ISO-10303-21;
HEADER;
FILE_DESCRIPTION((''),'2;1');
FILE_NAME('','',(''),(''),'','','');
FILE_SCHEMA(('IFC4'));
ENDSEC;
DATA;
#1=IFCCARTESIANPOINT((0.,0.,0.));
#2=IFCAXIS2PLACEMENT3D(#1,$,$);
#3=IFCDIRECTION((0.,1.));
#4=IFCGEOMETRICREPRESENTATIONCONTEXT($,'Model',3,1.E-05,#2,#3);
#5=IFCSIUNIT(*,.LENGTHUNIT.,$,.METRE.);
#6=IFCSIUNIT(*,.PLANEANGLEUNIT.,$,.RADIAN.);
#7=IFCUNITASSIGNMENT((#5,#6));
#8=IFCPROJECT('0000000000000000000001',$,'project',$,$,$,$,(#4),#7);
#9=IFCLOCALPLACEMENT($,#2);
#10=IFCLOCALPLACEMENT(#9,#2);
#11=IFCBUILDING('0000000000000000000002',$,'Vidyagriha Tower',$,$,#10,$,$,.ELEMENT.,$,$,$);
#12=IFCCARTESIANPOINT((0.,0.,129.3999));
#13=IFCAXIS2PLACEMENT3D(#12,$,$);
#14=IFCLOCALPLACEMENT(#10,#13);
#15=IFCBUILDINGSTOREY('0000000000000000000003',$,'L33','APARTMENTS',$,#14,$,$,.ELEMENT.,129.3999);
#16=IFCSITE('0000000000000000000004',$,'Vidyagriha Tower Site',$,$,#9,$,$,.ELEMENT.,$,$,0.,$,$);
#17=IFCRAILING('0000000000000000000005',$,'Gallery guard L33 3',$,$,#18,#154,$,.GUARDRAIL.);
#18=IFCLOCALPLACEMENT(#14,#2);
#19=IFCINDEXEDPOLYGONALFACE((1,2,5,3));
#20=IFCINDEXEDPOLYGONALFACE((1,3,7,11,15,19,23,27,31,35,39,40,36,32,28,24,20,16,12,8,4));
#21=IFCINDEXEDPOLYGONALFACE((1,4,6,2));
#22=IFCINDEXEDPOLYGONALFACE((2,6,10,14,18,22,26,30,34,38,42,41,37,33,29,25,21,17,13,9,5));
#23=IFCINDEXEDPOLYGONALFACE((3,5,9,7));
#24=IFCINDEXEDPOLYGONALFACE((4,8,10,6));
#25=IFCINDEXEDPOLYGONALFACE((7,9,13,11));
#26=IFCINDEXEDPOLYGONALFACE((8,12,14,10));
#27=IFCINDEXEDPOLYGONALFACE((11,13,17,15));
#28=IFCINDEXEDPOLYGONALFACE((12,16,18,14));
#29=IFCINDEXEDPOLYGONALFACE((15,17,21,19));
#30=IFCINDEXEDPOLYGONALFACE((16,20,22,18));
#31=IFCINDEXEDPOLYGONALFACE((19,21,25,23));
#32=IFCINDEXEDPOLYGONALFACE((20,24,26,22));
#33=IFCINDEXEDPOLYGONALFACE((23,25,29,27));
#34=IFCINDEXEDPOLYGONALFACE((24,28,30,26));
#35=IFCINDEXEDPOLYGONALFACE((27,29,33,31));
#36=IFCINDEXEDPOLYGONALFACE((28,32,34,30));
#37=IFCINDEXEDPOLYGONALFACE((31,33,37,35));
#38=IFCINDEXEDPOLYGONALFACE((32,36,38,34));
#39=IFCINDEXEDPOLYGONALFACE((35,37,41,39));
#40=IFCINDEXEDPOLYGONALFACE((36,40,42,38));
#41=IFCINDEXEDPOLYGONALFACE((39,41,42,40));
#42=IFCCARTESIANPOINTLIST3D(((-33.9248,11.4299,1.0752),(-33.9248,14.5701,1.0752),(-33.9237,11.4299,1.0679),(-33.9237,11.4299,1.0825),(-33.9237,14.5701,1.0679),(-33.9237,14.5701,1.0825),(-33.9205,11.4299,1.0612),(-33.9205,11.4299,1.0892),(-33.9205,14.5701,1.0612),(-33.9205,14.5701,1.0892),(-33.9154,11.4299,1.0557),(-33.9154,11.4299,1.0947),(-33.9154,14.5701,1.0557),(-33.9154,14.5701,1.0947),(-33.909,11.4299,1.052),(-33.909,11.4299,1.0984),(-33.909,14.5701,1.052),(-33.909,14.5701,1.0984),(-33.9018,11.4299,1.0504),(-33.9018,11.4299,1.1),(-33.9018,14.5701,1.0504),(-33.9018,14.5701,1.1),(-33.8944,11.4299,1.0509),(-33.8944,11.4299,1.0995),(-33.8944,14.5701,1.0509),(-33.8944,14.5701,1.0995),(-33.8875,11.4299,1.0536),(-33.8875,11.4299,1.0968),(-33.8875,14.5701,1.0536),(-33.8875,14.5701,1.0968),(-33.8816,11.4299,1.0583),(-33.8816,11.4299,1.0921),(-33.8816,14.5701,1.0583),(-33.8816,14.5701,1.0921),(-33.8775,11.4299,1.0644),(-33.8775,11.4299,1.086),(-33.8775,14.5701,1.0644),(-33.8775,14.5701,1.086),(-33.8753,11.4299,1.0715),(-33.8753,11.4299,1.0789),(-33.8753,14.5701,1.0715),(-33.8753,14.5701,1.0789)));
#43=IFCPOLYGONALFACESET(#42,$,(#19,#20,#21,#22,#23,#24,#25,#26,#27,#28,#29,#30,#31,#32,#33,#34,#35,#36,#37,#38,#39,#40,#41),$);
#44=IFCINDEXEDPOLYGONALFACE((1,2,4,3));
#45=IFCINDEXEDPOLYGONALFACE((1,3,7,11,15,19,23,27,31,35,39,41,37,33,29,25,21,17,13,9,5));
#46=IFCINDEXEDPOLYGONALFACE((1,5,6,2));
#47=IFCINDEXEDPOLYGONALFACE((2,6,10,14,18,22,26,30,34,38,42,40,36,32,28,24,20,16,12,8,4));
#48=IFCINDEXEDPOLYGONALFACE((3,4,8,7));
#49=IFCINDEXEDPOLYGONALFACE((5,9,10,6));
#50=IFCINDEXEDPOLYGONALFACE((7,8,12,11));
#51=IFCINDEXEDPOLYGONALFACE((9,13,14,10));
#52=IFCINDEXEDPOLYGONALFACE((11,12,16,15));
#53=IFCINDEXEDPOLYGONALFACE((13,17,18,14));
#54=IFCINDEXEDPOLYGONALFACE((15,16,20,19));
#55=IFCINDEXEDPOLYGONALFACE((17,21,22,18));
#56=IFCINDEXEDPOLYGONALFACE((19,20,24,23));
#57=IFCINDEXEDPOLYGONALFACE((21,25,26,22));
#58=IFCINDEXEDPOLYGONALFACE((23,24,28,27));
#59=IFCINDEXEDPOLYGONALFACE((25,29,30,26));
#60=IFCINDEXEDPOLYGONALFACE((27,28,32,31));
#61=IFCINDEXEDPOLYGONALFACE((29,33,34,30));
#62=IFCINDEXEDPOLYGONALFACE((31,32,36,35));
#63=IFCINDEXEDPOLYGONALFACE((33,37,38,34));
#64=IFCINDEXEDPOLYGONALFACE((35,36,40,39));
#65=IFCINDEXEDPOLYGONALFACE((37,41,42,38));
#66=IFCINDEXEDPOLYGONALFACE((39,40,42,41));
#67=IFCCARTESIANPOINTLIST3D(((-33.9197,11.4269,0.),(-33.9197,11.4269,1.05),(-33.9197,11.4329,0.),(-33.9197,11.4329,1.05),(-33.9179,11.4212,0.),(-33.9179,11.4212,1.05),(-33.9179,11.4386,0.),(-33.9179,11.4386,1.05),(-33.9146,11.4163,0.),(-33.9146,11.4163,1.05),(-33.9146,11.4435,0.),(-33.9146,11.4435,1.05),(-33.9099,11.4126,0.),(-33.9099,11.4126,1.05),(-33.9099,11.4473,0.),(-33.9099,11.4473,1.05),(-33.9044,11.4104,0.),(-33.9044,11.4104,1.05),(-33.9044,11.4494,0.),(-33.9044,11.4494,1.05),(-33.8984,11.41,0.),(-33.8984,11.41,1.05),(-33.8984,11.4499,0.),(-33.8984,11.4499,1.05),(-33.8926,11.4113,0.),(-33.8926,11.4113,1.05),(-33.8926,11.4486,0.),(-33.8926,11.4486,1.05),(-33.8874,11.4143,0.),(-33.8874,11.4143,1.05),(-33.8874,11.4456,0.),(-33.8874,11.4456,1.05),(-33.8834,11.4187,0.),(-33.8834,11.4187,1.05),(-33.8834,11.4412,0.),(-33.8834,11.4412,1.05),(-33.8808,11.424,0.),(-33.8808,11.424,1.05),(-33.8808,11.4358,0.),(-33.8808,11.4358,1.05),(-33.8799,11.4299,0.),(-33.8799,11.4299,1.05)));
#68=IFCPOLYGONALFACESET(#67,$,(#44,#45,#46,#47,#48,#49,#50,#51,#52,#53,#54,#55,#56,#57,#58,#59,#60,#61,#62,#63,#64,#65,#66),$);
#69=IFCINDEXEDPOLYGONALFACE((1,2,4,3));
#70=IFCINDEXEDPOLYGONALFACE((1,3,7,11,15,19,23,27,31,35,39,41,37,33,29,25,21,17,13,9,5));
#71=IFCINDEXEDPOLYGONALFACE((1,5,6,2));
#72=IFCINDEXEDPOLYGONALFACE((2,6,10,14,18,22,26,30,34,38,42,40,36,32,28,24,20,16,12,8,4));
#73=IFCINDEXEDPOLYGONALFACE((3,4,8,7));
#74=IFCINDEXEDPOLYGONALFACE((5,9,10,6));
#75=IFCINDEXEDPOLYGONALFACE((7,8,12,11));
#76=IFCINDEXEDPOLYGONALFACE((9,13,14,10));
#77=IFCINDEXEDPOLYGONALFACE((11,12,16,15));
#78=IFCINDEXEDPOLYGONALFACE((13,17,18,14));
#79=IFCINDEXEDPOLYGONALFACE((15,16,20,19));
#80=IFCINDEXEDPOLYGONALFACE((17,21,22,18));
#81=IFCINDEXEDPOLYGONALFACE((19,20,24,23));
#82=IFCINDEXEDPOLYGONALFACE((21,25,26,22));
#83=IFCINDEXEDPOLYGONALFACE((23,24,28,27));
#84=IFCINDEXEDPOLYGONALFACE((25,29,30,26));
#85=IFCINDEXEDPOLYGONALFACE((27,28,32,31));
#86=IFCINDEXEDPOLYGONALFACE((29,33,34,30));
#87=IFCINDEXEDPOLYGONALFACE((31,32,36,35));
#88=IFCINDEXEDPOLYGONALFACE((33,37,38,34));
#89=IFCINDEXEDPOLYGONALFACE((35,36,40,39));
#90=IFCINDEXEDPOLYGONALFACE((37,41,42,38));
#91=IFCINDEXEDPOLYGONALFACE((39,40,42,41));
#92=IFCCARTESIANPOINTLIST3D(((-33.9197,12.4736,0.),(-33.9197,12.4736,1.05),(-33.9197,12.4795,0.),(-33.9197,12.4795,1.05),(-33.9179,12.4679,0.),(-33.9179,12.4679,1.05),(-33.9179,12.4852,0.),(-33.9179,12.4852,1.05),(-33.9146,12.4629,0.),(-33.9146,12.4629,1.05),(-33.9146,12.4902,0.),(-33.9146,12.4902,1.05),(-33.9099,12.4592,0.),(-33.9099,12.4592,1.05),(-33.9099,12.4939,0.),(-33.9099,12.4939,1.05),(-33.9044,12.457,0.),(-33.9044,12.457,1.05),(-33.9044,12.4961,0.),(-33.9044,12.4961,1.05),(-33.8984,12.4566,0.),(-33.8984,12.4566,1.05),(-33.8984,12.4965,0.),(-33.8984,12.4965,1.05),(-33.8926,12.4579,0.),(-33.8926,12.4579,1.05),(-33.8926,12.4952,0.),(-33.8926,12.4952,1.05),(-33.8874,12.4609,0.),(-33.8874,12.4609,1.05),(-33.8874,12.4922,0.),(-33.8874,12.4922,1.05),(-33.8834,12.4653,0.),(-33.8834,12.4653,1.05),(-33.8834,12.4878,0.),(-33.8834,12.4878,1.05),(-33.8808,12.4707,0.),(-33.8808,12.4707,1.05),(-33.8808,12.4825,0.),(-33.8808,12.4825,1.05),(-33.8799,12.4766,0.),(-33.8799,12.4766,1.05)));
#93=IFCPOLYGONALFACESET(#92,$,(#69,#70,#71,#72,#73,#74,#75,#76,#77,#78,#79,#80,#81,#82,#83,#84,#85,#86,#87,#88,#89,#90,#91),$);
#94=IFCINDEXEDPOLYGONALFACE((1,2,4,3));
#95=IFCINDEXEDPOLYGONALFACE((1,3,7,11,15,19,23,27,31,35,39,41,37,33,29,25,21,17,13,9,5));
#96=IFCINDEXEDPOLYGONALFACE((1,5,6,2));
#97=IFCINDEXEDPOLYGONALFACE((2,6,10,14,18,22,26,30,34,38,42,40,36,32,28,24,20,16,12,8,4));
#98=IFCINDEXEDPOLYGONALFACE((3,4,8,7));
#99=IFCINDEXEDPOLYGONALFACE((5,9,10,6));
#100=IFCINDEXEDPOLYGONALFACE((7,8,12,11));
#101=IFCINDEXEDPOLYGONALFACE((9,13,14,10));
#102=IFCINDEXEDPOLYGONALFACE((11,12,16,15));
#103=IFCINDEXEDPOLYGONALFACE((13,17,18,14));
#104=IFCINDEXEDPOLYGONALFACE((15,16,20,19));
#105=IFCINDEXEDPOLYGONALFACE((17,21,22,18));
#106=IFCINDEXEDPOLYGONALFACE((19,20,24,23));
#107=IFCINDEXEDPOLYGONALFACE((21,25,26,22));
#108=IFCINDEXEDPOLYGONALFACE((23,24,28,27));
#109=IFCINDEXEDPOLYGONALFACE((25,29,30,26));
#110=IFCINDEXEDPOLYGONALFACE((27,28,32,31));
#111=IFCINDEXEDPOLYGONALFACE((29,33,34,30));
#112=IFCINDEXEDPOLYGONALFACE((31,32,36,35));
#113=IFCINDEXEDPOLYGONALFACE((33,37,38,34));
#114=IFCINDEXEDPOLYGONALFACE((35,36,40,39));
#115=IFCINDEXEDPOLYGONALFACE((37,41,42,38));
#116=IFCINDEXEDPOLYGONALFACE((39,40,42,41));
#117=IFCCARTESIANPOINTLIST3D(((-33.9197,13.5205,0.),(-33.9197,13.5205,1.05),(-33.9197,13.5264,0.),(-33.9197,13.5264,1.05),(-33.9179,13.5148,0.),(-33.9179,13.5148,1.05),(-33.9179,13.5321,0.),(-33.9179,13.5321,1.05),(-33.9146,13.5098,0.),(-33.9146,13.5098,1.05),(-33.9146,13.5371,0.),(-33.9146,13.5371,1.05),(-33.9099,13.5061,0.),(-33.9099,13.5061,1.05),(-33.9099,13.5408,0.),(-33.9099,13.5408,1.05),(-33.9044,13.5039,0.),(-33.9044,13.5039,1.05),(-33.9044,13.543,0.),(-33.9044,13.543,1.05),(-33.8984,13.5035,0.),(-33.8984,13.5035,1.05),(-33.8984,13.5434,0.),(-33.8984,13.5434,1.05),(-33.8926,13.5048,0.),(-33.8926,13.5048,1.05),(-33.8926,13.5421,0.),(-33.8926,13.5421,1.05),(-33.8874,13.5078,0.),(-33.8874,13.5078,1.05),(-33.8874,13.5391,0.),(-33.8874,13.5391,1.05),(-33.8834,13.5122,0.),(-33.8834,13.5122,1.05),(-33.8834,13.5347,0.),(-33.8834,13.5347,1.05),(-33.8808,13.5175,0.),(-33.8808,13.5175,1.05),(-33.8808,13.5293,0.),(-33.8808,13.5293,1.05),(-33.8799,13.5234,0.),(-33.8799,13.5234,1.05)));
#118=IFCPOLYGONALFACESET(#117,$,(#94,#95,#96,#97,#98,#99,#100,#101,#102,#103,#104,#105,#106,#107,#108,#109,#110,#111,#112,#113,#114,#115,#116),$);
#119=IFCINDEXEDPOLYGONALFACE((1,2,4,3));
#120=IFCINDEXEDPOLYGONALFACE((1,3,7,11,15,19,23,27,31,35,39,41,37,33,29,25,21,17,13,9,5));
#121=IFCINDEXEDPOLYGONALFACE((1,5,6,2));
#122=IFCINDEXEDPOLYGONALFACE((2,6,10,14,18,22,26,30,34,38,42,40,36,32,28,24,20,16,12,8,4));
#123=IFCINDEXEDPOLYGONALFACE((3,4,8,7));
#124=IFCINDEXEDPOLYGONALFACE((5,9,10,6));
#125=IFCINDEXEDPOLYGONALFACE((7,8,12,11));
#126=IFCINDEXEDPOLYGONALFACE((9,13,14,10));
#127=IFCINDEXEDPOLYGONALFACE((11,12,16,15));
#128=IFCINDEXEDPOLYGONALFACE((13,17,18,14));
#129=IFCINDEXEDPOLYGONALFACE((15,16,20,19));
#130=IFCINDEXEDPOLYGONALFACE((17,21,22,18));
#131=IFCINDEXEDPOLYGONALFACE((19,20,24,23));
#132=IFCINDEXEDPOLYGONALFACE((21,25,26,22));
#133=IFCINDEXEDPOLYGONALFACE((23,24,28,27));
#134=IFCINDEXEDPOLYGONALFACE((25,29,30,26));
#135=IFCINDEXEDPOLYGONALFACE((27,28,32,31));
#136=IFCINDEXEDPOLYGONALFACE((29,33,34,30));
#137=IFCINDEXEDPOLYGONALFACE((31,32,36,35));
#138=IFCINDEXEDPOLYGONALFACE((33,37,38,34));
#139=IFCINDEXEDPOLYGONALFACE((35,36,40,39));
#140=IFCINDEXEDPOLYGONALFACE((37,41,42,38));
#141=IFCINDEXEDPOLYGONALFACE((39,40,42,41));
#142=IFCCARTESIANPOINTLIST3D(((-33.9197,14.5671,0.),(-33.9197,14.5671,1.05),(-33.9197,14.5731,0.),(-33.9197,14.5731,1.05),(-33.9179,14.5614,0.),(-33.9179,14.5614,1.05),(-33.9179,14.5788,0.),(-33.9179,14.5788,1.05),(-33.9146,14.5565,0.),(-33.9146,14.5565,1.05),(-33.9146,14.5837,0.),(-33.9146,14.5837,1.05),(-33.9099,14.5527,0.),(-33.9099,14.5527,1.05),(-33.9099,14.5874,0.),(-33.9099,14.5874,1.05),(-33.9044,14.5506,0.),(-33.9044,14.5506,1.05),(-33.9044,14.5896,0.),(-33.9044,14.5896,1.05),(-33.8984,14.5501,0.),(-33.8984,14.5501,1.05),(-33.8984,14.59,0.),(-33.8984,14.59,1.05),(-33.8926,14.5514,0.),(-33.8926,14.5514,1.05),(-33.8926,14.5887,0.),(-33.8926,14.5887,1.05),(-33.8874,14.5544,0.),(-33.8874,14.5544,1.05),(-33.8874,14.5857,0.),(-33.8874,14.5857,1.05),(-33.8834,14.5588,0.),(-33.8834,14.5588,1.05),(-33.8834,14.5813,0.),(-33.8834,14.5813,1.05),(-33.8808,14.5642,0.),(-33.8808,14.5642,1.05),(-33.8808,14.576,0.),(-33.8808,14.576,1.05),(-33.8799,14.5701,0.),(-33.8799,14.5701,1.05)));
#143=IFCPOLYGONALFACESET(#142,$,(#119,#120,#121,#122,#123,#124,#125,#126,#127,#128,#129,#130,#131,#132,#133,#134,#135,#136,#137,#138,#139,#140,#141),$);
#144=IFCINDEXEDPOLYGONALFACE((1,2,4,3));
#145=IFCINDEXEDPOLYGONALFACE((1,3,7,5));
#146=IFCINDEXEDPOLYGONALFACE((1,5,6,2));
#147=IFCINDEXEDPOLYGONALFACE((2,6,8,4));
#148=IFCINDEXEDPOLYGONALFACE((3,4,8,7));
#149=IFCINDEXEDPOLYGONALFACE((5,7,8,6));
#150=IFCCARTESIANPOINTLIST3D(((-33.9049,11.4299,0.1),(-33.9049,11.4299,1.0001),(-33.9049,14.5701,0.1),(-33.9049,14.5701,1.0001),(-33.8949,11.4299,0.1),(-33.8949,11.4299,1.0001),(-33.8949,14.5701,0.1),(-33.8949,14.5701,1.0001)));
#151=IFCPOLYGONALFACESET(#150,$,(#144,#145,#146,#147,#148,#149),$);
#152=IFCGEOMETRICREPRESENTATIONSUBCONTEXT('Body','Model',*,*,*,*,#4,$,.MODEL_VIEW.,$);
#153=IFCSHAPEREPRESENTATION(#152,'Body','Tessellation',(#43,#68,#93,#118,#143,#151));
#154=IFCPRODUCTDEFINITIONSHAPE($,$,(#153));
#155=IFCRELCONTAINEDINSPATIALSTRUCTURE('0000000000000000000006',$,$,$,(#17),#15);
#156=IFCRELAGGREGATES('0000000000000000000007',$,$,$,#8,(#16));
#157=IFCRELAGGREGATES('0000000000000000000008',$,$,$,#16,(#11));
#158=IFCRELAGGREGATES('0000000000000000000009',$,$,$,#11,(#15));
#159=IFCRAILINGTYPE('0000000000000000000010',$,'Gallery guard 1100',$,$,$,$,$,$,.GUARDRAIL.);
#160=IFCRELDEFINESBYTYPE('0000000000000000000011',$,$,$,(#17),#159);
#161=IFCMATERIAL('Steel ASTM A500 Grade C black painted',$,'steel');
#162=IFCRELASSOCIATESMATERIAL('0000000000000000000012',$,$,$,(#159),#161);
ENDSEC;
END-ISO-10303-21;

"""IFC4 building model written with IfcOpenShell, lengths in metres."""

from ifc_helpers import new_model, si_unit, direction, frame, origin, origin_2d, place, context, subcontext, project, spatial, rectangle, circle, extrude, material, type_object, element, save


model = new_model("IFC4")

# Units and contexts
model_context = context("Model", 3, precision=1e-05, world=origin(), true_north=direction((0.0, 1.0)))
body_context = subcontext(model_context, "Body", "Model", "MODEL_VIEW")
ifc_project = project(units=[si_unit("LENGTHUNIT", "METRE"), si_unit("PLANEANGLEUNIT", "RADIAN")], contexts=[model_context])

# Site, building, storey
site_placement = place(None, origin())
site = spatial("IfcSite", under=ifc_project, at=site_placement, Name="Vidyagriha Tower Site", CompositionType="ELEMENT", RefElevation=0.0)
building_placement = place(site_placement, origin())
building = spatial("IfcBuilding", under=site, at=building_placement, Name="Vidyagriha Tower", CompositionType="ELEMENT")
storey_placement = place(building_placement, frame((0.0, 0.0, 129.3999)))
storey = spatial("IfcBuildingStorey", under=building, at=storey_placement, Name="L33", Description="APARTMENTS", CompositionType="ELEMENT", Elevation=129.3999)

# Railing
ifc_material_1 = material(Name="Steel ASTM A500 Grade C black painted", Category="steel")
railing_type = type_object("IfcRailingType", Name="Gallery guard 1100", PredefinedType="GUARDRAIL", material=ifc_material_1)
railing_1_placement = place(storey_placement, frame((-33.8999, 11.4299, 0.0)))
element("IfcRailing", 1, at=railing_1_placement, inside=storey, type_object=railing_type, Name="Gallery guard L33 3", PredefinedType="GUARDRAIL", context=body_context, shape_type="SweptSolid", body=[
    extrude(circle(Radius=0.0249, at=origin_2d()), frame((0.0, 0.0, 1.0752), z_axis=(0.0, 1.0, 0.0), x_axis=(-1.0, 0.0, 0.0)), (0.0, 0.0, 1.0), 3.1401),
    extrude(circle(Radius=0.02, at=origin_2d()), origin(), (0.0, 0.0, 1.0), 1.05),
    extrude(circle(Radius=0.02, at=origin_2d()), frame((0.0, 1.0466, 0.0)), (0.0, 0.0, 1.0), 1.05),
    extrude(circle(Radius=0.02, at=origin_2d()), frame((0.0, 2.0935, 0.0)), (0.0, 0.0, 1.0), 1.05),
    extrude(circle(Radius=0.02, at=origin_2d()), frame((0.0, 3.1401, 0.0)), (0.0, 0.0, 1.0), 1.05),
    extrude(rectangle(XDim=0.01, YDim=0.9001, at=origin_2d()), frame((0.0, 0.0, 0.55), z_axis=(0.0, 1.0, 0.0), x_axis=(-1.0, 0.0, 0.0)), (0.0, 0.0, 1.0), 3.1401),
])

save(model, "model.ifc")
